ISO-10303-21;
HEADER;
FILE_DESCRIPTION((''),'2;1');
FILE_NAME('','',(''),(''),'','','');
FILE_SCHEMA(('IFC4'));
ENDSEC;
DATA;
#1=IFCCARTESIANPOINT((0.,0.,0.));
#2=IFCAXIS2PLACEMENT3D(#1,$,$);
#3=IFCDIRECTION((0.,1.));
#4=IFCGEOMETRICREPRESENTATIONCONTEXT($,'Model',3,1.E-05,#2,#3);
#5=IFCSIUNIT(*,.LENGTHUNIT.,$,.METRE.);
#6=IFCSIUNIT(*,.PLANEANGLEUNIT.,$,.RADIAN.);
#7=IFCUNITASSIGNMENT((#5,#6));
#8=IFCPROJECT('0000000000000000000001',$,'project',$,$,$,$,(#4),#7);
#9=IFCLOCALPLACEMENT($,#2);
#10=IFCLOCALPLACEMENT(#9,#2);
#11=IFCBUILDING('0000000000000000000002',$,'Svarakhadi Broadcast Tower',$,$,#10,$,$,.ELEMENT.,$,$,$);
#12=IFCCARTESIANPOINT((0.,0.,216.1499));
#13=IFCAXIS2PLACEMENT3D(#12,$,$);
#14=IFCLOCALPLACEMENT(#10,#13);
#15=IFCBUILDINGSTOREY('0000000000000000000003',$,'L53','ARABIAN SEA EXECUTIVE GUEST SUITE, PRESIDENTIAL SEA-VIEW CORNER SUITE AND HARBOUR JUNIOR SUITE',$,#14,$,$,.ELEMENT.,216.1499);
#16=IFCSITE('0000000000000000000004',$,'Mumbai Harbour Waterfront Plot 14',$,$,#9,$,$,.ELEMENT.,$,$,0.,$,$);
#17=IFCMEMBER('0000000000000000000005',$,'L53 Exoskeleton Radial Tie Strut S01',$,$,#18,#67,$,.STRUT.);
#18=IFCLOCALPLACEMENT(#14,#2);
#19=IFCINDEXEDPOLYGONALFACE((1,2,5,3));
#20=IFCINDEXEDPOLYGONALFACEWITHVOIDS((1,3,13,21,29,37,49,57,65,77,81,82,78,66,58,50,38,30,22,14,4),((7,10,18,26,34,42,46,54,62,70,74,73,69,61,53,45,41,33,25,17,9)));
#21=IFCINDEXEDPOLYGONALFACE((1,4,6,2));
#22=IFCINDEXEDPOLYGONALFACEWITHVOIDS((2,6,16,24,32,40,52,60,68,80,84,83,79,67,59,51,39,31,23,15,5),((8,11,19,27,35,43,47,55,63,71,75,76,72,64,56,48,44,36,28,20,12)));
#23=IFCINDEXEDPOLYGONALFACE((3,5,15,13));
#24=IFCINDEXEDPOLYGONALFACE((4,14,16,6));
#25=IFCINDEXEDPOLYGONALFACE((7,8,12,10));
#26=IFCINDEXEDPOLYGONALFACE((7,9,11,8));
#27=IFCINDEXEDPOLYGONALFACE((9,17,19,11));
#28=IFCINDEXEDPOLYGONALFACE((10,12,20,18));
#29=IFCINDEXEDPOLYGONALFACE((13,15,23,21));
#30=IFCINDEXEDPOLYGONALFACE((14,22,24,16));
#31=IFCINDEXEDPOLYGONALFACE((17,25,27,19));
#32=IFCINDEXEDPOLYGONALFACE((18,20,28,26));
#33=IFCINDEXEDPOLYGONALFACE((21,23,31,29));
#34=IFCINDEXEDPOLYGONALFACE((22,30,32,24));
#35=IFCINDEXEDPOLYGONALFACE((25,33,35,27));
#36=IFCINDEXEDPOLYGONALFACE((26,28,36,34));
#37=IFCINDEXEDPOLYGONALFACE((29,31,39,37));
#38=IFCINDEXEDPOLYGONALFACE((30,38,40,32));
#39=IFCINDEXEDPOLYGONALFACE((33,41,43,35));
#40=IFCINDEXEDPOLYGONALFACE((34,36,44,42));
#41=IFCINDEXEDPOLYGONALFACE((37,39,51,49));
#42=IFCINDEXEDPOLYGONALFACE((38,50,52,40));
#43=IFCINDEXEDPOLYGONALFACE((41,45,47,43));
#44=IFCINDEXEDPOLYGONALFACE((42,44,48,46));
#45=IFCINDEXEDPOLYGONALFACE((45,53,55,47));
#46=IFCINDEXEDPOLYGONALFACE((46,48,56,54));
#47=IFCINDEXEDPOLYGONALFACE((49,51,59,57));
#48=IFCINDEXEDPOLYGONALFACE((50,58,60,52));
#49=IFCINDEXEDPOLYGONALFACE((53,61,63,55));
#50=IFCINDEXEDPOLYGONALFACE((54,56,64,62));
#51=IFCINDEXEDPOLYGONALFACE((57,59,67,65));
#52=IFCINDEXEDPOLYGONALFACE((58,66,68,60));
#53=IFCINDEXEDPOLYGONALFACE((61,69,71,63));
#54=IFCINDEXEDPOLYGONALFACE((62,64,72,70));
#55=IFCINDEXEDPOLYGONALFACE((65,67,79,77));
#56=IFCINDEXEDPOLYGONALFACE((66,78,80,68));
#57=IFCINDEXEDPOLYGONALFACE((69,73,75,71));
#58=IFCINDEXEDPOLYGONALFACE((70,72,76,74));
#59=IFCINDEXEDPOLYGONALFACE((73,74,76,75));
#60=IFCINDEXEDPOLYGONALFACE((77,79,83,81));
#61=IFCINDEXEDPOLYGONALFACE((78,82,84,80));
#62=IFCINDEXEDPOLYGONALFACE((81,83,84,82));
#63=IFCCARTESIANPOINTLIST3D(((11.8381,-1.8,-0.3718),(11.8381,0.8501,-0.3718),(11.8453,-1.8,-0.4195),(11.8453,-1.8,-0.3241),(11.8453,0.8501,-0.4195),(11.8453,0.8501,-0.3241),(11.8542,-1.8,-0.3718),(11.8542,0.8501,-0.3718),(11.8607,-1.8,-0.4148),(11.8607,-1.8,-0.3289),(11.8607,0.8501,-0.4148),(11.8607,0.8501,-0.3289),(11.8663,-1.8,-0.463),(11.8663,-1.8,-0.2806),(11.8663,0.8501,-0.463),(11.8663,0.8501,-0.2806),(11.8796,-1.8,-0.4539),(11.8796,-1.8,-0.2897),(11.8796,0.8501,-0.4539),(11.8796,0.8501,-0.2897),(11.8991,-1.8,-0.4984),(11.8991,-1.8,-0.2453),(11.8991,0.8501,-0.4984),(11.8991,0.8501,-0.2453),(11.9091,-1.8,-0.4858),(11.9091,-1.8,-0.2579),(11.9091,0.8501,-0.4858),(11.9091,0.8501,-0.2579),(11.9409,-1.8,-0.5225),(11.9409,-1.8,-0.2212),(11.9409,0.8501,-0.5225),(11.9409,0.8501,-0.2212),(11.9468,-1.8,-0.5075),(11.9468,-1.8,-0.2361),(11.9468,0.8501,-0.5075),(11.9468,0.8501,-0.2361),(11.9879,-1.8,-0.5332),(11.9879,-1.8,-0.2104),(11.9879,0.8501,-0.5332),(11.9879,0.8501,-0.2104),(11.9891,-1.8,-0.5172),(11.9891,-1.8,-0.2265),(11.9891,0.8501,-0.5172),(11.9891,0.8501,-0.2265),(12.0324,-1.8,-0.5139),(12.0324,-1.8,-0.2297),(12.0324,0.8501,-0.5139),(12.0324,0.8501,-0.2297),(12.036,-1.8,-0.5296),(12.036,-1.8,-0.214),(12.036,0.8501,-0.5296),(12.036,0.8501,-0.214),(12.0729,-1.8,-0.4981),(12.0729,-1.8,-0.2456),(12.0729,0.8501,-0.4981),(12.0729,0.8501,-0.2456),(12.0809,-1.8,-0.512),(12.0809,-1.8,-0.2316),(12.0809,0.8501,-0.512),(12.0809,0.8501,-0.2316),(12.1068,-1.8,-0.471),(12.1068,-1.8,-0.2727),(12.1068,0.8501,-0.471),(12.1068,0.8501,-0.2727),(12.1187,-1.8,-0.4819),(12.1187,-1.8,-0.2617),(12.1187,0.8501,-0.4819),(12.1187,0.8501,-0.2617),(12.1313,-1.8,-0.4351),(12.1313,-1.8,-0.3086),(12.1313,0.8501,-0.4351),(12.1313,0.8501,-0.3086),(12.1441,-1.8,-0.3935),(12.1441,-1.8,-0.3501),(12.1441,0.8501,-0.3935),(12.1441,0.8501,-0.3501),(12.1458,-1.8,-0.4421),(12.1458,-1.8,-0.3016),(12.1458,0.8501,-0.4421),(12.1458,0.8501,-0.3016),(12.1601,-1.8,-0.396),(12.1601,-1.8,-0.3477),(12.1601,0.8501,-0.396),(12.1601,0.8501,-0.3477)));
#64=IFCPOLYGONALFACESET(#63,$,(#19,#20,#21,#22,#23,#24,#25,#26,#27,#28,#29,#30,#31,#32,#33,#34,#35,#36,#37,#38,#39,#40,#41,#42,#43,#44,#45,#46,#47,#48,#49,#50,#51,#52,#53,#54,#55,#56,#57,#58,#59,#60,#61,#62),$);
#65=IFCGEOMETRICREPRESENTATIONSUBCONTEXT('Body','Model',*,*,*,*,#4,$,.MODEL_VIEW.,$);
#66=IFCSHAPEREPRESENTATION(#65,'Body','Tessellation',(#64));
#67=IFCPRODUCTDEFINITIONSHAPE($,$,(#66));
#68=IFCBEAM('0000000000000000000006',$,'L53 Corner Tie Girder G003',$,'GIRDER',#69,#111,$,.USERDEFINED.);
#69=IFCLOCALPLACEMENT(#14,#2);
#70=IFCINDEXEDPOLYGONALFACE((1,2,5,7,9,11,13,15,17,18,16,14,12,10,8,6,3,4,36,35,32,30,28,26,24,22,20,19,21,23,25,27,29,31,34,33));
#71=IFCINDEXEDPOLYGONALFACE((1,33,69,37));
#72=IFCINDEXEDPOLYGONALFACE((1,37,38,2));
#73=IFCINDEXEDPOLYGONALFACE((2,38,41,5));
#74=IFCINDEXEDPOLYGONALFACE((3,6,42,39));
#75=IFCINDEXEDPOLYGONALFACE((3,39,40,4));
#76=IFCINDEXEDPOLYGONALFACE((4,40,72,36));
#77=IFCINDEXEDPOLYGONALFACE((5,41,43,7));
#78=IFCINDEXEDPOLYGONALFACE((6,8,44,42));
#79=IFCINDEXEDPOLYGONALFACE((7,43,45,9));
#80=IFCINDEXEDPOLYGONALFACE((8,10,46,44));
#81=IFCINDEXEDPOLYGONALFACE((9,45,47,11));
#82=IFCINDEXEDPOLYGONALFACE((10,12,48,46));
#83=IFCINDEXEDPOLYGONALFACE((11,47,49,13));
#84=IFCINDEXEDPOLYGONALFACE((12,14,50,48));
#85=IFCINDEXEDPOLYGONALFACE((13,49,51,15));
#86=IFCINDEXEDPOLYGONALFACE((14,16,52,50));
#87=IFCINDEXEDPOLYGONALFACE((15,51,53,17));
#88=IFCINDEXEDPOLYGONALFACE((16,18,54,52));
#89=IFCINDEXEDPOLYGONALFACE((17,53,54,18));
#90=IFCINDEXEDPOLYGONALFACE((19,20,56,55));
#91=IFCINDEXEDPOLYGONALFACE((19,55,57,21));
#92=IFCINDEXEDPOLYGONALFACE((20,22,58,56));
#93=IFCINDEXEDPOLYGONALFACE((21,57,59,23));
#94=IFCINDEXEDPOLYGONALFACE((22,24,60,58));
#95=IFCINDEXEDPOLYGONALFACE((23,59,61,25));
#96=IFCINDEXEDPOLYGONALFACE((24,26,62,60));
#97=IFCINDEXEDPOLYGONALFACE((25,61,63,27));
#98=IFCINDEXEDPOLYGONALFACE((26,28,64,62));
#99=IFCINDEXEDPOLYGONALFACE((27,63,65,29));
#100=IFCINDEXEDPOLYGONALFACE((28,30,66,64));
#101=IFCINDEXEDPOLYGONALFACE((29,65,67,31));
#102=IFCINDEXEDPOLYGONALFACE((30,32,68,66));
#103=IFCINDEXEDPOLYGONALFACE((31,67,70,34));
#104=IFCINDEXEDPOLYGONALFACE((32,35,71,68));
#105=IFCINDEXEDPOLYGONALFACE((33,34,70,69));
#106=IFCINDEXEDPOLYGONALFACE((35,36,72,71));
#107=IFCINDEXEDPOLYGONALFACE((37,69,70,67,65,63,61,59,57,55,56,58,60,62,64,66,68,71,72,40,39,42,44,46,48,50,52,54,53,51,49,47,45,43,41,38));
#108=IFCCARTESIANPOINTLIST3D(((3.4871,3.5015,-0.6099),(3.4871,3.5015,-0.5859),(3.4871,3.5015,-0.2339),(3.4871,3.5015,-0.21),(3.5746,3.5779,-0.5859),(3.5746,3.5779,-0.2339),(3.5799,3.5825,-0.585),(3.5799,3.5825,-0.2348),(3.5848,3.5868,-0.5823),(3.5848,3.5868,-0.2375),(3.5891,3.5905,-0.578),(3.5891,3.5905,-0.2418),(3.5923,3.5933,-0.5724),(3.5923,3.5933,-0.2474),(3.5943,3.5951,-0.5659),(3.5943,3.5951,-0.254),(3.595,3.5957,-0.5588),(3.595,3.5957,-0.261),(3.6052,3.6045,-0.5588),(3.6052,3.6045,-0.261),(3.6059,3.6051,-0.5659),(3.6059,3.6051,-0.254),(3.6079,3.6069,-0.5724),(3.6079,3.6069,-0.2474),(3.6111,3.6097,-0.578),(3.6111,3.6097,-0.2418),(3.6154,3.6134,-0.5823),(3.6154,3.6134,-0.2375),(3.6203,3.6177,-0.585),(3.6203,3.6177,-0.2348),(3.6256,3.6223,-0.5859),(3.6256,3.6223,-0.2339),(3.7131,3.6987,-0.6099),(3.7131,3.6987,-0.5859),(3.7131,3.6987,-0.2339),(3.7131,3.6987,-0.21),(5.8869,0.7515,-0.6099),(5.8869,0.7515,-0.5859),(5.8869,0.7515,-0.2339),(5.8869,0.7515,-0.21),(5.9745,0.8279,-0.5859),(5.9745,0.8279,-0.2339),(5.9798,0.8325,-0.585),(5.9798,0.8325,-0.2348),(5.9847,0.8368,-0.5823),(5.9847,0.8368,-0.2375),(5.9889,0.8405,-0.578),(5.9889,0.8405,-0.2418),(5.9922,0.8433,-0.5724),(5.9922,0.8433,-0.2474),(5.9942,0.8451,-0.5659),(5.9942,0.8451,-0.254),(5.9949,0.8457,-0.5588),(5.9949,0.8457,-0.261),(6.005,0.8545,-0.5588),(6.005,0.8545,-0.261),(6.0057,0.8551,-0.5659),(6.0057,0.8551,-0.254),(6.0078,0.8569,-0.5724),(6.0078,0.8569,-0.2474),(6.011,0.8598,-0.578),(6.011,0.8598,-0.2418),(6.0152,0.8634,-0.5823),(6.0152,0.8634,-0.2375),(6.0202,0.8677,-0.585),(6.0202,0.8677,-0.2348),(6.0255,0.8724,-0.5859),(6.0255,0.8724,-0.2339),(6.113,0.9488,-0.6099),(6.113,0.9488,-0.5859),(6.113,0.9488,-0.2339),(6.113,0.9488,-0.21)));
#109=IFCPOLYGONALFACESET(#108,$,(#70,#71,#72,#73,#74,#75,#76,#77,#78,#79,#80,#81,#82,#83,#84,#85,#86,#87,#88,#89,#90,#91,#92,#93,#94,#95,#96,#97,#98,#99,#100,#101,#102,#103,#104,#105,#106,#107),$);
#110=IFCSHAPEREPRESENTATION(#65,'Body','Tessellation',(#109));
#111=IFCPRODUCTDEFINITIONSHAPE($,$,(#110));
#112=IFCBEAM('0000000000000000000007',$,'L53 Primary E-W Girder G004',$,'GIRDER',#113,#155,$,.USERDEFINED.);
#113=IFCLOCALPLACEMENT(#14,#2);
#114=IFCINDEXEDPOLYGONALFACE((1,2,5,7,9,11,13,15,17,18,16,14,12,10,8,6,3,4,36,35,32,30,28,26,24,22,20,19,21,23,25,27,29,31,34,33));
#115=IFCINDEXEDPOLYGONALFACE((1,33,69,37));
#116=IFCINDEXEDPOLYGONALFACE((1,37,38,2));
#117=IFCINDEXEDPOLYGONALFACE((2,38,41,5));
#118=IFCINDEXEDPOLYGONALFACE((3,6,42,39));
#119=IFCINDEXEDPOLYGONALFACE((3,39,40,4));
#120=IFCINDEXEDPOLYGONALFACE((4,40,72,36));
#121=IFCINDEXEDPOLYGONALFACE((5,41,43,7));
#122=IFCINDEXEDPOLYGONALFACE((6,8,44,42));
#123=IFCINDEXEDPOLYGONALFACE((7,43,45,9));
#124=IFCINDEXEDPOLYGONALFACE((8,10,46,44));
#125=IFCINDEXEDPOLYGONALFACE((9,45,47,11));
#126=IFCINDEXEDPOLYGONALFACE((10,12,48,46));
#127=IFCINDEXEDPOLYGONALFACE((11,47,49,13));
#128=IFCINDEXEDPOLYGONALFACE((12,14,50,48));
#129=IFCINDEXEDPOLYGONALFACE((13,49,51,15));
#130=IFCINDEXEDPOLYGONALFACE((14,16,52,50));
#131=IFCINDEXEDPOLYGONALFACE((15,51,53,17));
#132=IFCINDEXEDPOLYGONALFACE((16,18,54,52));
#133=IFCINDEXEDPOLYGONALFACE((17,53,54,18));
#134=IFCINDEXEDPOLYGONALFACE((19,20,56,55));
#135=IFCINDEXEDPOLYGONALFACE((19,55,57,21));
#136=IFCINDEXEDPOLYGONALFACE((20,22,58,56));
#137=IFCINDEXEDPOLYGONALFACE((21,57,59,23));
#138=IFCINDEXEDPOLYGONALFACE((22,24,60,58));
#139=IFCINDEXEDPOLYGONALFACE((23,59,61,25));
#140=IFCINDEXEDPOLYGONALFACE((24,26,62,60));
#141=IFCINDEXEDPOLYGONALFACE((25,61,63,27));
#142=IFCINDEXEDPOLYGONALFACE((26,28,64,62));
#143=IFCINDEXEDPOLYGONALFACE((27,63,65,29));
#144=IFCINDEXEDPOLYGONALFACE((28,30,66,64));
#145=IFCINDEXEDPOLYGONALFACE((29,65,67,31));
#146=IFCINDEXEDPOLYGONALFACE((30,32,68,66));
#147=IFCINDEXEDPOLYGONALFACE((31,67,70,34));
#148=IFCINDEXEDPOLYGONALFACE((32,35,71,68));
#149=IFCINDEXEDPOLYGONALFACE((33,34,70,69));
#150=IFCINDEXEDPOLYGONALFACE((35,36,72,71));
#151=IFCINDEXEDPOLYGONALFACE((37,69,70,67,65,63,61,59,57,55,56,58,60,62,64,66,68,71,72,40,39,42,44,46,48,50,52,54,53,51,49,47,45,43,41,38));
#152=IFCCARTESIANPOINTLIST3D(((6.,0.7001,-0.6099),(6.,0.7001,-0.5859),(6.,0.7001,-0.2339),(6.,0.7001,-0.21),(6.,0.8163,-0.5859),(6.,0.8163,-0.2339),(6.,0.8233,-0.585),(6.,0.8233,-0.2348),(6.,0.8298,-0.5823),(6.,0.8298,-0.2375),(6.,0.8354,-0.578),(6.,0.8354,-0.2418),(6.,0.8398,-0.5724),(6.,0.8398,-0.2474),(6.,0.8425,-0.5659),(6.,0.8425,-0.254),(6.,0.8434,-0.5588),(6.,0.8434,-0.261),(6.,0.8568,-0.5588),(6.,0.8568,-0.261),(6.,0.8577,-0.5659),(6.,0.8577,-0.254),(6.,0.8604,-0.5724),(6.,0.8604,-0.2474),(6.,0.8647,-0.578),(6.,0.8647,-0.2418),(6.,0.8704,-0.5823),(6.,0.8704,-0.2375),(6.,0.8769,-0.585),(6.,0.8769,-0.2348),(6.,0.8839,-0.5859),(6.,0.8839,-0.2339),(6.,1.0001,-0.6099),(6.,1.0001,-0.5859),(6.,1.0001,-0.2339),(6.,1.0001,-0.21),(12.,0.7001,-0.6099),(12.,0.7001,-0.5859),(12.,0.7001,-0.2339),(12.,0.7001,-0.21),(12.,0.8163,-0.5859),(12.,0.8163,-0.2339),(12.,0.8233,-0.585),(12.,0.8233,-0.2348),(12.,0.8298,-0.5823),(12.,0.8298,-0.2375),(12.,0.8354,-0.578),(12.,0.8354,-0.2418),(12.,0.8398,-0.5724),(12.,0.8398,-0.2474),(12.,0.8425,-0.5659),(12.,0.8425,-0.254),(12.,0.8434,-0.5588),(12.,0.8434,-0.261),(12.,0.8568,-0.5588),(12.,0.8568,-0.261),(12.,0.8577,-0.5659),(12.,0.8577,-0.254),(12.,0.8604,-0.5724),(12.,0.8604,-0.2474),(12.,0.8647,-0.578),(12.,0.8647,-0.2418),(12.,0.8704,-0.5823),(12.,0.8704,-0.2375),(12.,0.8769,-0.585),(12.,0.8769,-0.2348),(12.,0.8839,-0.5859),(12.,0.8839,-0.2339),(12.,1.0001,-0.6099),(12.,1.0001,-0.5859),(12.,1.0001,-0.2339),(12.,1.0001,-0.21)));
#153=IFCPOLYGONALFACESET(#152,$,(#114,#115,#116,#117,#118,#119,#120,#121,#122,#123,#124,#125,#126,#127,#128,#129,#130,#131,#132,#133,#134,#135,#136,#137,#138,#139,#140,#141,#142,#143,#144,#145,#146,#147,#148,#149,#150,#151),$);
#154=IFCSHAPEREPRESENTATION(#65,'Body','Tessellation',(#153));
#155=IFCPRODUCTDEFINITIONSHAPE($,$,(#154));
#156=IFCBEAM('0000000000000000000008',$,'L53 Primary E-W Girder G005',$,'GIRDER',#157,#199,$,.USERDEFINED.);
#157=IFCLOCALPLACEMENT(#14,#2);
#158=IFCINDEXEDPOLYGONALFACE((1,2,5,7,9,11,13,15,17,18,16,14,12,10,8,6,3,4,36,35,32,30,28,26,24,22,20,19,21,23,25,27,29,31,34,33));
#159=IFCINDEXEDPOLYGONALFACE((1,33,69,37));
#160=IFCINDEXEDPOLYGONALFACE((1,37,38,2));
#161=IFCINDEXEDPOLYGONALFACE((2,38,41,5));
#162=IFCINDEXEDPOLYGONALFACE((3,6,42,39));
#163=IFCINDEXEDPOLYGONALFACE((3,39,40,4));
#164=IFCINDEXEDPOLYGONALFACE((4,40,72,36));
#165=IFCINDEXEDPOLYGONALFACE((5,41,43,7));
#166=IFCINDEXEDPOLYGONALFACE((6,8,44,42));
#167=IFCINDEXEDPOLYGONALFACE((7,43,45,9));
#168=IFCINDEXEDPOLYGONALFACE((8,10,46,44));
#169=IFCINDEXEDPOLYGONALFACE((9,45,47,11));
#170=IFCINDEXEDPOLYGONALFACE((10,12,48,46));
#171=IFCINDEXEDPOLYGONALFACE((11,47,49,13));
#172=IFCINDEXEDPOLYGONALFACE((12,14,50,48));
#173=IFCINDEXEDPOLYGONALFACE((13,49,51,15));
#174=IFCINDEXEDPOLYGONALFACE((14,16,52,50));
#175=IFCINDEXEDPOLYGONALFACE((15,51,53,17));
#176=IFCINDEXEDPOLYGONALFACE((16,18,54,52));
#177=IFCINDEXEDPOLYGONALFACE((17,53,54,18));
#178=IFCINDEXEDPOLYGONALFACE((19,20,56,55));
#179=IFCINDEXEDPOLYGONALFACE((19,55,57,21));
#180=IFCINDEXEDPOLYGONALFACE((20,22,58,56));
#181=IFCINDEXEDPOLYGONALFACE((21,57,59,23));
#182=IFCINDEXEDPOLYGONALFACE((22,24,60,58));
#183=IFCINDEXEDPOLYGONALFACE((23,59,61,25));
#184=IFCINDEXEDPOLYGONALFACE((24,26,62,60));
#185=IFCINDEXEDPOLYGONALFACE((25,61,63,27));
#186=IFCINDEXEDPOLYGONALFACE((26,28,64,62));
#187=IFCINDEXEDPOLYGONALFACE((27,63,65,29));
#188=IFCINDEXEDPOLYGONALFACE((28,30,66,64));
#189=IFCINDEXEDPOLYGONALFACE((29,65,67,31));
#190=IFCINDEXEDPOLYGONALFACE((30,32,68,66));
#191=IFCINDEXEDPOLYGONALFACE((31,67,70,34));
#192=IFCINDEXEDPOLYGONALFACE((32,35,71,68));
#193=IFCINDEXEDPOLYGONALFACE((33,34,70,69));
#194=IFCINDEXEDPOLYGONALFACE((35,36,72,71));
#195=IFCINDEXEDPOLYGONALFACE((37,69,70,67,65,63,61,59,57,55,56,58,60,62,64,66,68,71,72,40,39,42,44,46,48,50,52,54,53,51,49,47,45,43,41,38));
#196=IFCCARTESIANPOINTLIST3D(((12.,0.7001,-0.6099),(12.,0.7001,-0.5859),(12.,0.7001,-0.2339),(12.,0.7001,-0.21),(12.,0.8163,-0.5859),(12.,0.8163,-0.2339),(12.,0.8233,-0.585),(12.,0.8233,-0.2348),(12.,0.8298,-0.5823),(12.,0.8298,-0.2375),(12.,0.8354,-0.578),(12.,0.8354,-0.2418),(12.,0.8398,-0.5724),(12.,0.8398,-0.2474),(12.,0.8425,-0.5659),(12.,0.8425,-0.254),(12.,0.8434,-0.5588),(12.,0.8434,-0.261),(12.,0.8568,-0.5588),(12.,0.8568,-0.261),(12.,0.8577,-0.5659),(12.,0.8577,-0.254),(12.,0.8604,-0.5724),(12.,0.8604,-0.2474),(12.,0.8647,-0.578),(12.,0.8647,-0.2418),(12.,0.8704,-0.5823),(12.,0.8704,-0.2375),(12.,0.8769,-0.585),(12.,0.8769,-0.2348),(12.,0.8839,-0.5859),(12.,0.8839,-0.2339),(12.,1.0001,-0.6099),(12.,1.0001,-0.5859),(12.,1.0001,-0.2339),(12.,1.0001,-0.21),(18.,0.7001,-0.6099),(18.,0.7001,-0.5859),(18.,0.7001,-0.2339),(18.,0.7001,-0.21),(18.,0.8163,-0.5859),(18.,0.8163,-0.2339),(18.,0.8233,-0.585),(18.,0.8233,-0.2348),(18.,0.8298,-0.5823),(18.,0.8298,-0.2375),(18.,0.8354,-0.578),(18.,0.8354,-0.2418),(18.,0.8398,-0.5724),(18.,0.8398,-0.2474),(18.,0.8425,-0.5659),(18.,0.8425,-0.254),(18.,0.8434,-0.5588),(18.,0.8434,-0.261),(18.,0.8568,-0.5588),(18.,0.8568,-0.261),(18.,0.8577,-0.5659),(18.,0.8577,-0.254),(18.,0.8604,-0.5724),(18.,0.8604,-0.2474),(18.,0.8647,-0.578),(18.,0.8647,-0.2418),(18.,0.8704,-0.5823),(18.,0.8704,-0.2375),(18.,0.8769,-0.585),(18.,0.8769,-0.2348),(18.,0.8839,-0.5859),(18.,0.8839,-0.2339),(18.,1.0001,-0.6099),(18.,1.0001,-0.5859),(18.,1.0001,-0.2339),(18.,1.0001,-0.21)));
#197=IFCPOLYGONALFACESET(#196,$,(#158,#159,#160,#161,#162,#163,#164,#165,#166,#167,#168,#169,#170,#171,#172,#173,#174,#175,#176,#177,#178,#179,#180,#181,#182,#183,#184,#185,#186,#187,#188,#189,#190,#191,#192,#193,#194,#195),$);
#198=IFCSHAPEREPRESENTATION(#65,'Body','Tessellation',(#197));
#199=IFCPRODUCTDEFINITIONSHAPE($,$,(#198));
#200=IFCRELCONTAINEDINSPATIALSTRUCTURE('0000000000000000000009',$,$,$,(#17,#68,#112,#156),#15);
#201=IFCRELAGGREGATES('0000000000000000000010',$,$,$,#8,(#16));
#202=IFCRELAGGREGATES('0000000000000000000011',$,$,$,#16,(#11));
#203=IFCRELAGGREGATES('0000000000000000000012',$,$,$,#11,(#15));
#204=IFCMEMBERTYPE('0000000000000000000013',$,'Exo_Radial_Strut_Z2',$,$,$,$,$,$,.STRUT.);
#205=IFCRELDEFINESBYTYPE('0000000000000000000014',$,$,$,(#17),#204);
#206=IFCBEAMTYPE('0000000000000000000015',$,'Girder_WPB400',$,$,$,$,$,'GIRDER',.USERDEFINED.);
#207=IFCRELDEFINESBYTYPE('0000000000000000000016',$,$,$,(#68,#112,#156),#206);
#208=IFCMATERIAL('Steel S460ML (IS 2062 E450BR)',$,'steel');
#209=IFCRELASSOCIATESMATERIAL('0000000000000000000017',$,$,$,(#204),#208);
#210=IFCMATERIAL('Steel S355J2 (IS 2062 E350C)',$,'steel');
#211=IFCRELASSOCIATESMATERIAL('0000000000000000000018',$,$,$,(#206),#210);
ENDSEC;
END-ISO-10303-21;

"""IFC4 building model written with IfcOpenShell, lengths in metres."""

from ifc_helpers import new_model, si_unit, direction, frame, origin, origin_2d, place, context, subcontext, project, spatial, hollow_circle, i_section, extrude, material, material_profile, profile_set, type_object, element, save


model = new_model("IFC4")

# Units and contexts
model_context = context("Model", 3, precision=1e-05, world=origin(), true_north=direction((0.0, 1.0)))
body_context = subcontext(model_context, "Body", "Model", "MODEL_VIEW")
ifc_project = project(units=[si_unit("LENGTHUNIT", "METRE"), si_unit("PLANEANGLEUNIT", "RADIAN")], contexts=[model_context])

# Site, building, storey
site_placement = place(None, origin())
site = spatial("IfcSite", under=ifc_project, at=site_placement, Name="Mumbai Harbour Waterfront Plot 14", CompositionType="ELEMENT", RefElevation=0.0)
building_placement = place(site_placement, origin())
building = spatial("IfcBuilding", under=site, at=building_placement, Name="Svarakhadi Broadcast Tower", CompositionType="ELEMENT")
storey_placement = place(building_placement, frame((0.0, 0.0, 216.1499)))
storey = spatial("IfcBuildingStorey", under=building, at=storey_placement, Name="L53", Description="ARABIAN SEA EXECUTIVE GUEST SUITE, PRESIDENTIAL SEA-VIEW CORNER SUITE AND HARBOUR JUNIOR SUITE", CompositionType="ELEMENT", Elevation=216.1499)

# Shared definitions
ifc_material_1 = material(Name="Steel S460ML (IS 2062 E450BR)", Category="steel")

# Shared definitions
ifc_material_2 = material(Name="Steel S355J2 (IS 2062 E350C)", Category="steel")

# Member
ifc_material_profile_1 = material_profile(ifc_material_1, hollow_circle(Radius=0.1619, WallThickness=0.0161, at=origin_2d()), Name="CHS 323.9x16")
ifc_profile_set_1 = profile_set([ifc_material_profile_1], Name="Steel S460ML (IS 2062 E450BR)")
member_type_1 = type_object("IfcMemberType", Name="Exo_Radial_Strut_Z2", PredefinedType="STRUT", material=ifc_profile_set_1)
member_1_placement = place(storey_placement, frame((12.0, -1.8, -0.3718), z_axis=(0.0, 1.0, 0.0), x_axis=(-1.0, 0.0, 0.0)))
element("IfcMember", 1, at=member_1_placement, inside=storey, type_object=member_type_1, Name="L53 Exoskeleton Radial Tie Strut S01", PredefinedType="STRUT", context=body_context, shape_type="SweptSolid", body=[
    extrude(hollow_circle(Radius=0.1619, WallThickness=0.0161, at=origin_2d()), origin(), (0.0, 0.0, 1.0), 2.6501),
])

# Beams
ifc_material_profile_2 = material_profile(ifc_material_2, i_section(OverallWidth=0.3, OverallDepth=0.3999, WebThickness=0.0134, FlangeThickness=0.0239, FilletRadius=0.0271, at=origin_2d()), Name="WPB 400x300x155")
ifc_profile_set_2 = profile_set([ifc_material_profile_2], Name="Steel S355J2 (IS 2062 E350C)")
beam_type_1 = type_object("IfcBeamType", Name="Girder_WPB400", ElementType="GIRDER", PredefinedType="USERDEFINED", material=ifc_profile_set_2)
beam_placement = place(storey_placement, frame((3.6001, 3.6001, -0.4099), z_axis=(0.657519, -0.753438, 0.0), x_axis=(0.753438, 0.657519, 0.0)))
element("IfcBeam", 2, at=beam_placement, inside=storey, type_object=beam_type_1, Name="L53 Corner Tie Girder G003", ObjectType="GIRDER", PredefinedType="USERDEFINED", context=body_context, shape_type="SweptSolid", body=[
    extrude(i_section(OverallWidth=0.3, OverallDepth=0.3999, WebThickness=0.0134, FlangeThickness=0.0239, FilletRadius=0.0271, at=origin_2d()), origin(), (0.0, 0.0, 1.0), 3.6499),
])
for number, where, z_axis, x_axis, name in (
    (3, (6.0, 0.8501, -0.4099), (1.0, 0.0, 0.0), (0.0, 1.0, 0.0), "L53 Primary E-W Girder G004"),
    (4, (12.0, 0.8501, -0.4099), (1.0, 0.0, 0.0), (0.0, 1.0, 0.0), "L53 Primary E-W Girder G005"),
):
    element("IfcBeam", number, at=place(storey_placement, frame(where, z_axis=z_axis, x_axis=x_axis)), inside=storey, type_object=beam_type_1, Name=name, ObjectType="GIRDER", PredefinedType="USERDEFINED", context=body_context, shape_type="SweptSolid", body=[
        extrude(i_section(OverallWidth=0.3, OverallDepth=0.3999, WebThickness=0.0134, FlangeThickness=0.0239, FilletRadius=0.0271, at=origin_2d()), origin(), (0.0, 0.0, 1.0), 6.0),
    ])

save(model, "model.ifc")
